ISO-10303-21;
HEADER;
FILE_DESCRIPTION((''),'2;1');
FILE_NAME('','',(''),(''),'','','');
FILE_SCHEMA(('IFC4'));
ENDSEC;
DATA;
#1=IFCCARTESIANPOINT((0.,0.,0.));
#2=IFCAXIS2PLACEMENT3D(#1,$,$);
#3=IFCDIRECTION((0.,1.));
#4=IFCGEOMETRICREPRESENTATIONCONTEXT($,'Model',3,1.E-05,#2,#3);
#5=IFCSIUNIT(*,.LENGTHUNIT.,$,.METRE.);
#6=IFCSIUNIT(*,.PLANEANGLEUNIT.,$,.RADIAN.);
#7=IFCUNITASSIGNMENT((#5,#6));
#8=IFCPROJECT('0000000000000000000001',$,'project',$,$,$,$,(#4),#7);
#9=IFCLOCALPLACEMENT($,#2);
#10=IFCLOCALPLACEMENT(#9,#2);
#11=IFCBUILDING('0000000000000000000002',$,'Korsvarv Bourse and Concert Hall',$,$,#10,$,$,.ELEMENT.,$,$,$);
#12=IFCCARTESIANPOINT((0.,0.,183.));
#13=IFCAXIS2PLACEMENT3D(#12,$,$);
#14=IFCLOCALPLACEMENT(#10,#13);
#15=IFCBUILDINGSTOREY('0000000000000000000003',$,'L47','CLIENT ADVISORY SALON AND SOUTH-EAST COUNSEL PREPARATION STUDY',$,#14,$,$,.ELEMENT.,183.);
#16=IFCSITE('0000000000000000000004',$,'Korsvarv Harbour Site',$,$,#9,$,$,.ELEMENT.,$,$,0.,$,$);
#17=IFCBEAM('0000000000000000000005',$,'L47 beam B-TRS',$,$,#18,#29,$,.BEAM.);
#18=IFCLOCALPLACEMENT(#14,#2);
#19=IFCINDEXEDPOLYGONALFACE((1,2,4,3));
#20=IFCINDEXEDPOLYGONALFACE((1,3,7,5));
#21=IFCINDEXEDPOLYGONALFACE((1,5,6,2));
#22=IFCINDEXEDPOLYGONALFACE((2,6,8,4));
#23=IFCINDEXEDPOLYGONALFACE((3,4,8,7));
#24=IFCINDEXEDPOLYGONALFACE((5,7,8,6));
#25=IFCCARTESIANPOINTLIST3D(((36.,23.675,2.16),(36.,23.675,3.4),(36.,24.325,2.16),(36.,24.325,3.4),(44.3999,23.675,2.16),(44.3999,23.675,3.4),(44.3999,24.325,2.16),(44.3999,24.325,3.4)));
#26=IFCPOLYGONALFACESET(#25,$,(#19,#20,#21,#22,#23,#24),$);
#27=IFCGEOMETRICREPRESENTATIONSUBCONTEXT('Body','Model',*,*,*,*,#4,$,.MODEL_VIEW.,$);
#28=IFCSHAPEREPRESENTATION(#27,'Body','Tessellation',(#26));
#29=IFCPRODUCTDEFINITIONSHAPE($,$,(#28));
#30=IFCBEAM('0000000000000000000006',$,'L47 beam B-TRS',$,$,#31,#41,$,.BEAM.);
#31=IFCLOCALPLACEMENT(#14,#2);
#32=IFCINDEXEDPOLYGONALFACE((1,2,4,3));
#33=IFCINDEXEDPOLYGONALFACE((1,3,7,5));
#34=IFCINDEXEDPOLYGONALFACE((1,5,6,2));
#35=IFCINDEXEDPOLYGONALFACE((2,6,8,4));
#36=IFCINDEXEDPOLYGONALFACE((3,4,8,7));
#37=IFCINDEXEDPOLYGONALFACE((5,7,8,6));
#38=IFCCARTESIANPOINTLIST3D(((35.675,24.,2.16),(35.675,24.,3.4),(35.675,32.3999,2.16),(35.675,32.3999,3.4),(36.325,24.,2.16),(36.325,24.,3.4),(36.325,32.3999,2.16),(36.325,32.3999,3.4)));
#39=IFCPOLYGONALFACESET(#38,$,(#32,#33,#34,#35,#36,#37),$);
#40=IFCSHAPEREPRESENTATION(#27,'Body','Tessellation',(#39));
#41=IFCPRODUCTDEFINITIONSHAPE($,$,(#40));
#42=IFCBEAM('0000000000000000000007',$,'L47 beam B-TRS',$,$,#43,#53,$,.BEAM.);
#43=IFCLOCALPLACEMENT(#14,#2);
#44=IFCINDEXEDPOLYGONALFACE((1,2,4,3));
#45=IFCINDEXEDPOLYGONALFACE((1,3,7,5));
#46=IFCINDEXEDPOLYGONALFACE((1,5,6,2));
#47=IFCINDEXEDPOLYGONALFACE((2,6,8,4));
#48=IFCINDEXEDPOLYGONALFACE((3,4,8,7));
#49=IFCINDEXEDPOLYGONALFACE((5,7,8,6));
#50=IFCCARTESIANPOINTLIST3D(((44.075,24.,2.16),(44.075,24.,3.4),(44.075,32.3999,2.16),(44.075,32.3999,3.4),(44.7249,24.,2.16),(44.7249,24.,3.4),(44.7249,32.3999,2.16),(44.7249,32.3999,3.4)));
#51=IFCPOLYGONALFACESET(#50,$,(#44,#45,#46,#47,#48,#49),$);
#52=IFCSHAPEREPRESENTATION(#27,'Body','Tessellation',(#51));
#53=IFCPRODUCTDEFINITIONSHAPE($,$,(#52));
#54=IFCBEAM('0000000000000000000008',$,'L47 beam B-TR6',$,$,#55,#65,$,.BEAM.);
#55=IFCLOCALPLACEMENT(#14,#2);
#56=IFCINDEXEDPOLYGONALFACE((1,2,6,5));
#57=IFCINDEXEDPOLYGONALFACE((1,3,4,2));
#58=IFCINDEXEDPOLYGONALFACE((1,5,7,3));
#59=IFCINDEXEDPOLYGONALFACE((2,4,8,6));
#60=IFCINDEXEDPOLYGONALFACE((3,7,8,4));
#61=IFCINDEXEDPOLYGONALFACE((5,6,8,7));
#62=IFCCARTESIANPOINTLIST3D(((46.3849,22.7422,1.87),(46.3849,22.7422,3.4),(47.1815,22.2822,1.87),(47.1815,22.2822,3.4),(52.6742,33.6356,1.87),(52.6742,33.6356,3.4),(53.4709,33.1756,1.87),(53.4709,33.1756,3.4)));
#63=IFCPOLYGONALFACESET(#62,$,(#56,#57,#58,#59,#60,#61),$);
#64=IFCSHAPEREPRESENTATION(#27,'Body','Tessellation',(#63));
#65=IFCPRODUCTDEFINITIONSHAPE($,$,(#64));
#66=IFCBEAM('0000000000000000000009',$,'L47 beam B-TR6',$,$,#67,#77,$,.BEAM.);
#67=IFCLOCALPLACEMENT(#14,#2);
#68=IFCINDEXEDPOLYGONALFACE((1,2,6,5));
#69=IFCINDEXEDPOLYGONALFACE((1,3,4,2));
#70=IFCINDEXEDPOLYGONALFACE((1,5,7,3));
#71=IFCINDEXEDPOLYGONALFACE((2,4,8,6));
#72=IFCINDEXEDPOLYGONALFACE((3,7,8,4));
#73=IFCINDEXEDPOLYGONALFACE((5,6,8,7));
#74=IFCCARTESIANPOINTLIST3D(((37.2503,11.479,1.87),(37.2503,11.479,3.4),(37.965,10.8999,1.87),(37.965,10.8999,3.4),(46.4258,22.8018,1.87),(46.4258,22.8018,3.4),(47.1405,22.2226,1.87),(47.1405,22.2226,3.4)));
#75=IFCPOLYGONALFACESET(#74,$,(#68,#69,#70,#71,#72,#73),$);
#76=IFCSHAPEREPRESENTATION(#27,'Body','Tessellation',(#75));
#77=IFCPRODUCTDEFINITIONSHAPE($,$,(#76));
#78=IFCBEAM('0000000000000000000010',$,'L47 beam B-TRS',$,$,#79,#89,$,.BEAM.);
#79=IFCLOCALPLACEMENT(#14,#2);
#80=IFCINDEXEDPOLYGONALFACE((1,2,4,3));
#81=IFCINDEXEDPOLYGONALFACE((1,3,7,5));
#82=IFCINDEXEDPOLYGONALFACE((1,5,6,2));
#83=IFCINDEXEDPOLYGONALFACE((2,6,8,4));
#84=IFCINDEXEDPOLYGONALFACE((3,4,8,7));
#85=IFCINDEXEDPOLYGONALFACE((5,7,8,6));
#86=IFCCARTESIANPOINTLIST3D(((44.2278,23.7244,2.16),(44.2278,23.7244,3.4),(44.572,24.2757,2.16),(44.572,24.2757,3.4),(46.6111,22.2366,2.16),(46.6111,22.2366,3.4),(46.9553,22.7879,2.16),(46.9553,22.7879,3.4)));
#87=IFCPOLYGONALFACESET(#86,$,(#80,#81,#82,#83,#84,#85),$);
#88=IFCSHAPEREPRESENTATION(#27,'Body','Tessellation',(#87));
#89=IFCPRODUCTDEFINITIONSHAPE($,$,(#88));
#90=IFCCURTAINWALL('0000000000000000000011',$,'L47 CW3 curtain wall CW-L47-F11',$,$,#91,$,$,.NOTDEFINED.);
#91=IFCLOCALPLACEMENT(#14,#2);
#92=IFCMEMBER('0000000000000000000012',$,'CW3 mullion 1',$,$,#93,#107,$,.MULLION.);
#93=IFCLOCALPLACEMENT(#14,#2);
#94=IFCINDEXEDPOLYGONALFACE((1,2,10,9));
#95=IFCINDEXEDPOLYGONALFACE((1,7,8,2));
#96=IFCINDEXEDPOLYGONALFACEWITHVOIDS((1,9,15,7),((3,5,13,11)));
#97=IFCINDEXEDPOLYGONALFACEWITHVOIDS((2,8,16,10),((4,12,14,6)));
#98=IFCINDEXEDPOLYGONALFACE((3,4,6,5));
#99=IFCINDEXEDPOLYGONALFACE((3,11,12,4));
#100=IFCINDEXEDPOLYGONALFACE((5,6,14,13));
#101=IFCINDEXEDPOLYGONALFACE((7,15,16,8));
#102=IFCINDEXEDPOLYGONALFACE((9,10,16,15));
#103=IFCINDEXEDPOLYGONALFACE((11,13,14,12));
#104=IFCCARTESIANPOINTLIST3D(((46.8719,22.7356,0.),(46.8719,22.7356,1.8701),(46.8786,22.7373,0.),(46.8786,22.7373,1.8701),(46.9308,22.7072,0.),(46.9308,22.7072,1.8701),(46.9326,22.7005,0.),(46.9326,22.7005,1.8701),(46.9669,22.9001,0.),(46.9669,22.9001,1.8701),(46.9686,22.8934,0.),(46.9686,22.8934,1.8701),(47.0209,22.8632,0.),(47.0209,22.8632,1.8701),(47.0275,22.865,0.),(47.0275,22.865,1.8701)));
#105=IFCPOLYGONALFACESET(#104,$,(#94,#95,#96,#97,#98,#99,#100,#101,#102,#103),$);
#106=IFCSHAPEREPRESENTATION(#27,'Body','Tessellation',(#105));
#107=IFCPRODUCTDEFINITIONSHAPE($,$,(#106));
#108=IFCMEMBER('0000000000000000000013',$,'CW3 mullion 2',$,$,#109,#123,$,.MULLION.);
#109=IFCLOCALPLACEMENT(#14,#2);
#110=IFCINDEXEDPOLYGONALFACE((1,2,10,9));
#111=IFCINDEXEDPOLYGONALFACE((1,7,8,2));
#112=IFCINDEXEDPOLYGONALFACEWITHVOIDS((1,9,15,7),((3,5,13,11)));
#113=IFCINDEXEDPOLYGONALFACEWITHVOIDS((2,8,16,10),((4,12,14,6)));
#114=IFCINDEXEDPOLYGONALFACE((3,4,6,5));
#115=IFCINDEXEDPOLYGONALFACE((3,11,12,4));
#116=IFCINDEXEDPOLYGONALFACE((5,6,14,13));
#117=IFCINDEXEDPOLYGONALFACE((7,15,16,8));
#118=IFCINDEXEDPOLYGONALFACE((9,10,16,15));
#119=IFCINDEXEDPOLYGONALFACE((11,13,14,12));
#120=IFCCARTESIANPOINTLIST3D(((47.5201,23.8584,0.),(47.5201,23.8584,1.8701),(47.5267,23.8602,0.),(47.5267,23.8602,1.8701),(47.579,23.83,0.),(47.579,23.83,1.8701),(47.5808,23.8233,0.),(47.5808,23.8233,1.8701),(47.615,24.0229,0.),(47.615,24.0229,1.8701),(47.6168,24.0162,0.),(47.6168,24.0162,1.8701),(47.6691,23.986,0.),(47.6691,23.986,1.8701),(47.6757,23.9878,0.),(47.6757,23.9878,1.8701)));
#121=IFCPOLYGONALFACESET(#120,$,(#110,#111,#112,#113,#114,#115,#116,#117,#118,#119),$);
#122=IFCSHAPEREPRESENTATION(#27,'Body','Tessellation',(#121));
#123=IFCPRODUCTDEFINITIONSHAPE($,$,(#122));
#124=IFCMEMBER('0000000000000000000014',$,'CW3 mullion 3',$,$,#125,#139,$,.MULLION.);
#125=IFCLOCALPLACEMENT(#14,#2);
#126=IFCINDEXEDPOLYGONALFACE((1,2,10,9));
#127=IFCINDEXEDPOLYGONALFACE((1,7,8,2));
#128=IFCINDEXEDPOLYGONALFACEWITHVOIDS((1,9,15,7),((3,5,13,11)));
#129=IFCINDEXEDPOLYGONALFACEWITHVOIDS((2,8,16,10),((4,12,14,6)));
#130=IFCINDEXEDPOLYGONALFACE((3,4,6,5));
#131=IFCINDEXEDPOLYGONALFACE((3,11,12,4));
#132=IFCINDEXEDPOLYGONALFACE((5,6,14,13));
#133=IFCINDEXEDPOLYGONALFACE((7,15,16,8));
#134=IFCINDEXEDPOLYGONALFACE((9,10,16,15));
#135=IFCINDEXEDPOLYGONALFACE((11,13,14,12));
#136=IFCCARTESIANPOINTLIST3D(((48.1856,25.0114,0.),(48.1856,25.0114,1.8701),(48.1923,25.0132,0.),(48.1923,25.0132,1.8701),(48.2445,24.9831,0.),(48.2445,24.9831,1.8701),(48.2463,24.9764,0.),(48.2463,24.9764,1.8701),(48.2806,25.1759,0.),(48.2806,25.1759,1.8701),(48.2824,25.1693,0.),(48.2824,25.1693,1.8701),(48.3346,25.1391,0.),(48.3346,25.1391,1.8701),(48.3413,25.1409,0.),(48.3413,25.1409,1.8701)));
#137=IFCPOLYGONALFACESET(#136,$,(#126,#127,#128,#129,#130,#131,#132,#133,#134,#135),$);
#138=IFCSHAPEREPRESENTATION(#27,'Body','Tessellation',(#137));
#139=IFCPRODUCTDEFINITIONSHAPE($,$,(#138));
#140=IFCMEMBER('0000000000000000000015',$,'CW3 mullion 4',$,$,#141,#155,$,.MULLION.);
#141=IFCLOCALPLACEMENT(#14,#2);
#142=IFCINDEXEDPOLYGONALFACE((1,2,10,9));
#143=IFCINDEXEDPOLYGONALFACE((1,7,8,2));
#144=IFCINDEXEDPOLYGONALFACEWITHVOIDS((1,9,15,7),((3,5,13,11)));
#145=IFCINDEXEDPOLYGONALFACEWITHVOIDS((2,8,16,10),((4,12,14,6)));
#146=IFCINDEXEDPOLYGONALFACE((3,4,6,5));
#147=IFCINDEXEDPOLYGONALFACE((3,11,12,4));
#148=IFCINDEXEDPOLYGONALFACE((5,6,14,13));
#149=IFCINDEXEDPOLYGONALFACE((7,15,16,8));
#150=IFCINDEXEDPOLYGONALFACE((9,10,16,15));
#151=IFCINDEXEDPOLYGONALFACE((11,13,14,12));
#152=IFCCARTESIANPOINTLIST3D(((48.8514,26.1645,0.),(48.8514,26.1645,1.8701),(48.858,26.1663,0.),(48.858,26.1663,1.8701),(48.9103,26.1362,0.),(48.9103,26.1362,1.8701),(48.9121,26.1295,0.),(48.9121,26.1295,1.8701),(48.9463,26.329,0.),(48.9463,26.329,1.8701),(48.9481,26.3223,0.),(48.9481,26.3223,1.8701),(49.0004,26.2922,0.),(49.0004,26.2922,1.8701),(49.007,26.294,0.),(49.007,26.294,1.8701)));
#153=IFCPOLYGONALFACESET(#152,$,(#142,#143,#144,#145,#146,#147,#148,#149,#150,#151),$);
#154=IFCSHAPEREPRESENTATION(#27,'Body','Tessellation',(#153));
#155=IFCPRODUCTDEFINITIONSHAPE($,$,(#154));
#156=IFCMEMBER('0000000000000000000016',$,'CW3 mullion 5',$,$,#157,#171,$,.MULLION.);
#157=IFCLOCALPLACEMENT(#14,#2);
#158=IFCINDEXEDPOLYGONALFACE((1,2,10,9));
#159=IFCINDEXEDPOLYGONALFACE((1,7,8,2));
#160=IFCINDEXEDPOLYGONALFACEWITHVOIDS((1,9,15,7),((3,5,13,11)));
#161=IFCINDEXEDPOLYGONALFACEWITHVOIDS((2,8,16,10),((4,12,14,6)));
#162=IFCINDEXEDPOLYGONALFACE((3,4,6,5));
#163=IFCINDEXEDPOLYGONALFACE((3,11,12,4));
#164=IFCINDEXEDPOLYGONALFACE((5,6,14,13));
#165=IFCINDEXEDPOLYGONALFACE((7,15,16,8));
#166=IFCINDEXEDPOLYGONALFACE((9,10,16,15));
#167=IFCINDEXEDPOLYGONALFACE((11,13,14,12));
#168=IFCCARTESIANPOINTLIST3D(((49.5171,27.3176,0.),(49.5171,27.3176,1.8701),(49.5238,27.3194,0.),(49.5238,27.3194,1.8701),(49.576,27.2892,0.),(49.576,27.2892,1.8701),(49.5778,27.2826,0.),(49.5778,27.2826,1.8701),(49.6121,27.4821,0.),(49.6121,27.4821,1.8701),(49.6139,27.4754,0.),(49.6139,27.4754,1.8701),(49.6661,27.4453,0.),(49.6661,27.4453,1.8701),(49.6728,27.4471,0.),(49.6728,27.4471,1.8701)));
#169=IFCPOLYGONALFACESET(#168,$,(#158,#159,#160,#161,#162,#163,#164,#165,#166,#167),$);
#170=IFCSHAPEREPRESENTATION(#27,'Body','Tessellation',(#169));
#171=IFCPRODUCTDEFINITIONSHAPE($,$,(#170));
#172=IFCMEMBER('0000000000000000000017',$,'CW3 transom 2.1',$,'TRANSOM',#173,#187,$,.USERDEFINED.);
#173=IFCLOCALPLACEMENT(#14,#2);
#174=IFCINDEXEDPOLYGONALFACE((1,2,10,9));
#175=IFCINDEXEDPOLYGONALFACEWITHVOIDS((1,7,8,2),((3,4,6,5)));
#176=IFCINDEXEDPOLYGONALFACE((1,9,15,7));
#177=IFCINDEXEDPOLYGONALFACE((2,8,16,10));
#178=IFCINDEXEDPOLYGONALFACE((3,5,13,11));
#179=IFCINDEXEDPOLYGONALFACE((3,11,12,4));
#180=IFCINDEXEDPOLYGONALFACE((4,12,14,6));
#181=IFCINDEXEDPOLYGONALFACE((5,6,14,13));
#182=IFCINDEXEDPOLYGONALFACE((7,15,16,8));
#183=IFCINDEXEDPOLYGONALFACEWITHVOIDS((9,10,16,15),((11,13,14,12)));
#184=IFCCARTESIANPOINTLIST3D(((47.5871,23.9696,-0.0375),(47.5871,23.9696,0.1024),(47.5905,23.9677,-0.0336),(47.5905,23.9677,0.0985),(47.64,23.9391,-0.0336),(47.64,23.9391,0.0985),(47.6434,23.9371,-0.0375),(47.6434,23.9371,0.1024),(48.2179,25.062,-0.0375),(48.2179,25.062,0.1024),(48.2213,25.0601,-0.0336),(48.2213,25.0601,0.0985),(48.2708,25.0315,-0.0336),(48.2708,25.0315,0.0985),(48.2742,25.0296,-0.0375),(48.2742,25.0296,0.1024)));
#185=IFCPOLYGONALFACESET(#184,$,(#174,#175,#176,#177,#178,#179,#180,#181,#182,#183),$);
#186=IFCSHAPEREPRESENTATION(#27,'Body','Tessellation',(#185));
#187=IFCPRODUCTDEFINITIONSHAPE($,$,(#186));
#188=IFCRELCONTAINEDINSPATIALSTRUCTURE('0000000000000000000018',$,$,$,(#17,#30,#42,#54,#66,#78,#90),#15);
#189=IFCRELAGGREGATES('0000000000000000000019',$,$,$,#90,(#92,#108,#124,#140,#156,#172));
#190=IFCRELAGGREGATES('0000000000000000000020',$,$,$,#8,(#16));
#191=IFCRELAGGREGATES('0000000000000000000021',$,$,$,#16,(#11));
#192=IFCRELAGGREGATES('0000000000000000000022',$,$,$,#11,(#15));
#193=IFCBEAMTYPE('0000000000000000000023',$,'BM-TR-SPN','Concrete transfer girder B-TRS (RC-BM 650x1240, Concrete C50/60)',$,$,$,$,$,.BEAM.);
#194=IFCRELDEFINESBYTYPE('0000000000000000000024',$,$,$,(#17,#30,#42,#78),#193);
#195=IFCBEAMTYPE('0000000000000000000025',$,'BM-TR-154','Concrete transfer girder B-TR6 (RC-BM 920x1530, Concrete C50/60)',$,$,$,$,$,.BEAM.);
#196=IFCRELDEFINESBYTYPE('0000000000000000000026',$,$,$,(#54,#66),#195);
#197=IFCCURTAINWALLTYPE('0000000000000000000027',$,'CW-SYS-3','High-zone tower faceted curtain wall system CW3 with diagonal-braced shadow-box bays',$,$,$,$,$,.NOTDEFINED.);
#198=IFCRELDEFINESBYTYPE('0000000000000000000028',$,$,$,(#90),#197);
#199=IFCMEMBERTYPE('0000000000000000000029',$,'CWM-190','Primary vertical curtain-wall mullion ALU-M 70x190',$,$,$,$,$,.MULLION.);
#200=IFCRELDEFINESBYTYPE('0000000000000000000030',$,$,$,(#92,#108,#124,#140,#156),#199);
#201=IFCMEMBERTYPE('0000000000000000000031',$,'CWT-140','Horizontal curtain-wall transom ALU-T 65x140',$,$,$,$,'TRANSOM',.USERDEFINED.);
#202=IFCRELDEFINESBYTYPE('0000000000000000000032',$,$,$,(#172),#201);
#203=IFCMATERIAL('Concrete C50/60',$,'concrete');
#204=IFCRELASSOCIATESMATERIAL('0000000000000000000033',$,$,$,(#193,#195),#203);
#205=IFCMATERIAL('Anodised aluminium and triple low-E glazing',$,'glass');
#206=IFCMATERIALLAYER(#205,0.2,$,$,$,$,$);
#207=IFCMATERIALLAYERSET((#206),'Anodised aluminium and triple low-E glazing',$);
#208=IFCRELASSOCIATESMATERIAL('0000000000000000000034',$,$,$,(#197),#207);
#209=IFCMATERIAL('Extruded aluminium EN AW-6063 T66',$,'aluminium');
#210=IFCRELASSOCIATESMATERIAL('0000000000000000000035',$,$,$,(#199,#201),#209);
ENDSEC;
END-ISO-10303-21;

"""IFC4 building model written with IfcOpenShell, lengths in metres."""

from ifc_helpers import new_model, si_unit, direction, frame, origin, origin_2d, place, context, subcontext, project, spatial, rectangle, hollow_rectangle, extrude, source, transform, mapped, material, layer, layer_set, material_profile, profile_set, type_object, element, aggregate, save


model = new_model("IFC4")

# Units and contexts
model_context = context("Model", 3, precision=1e-05, world=origin(), true_north=direction((0.0, 1.0)))
body_context = subcontext(model_context, "Body", "Model", "MODEL_VIEW")
ifc_project = project(units=[si_unit("LENGTHUNIT", "METRE"), si_unit("PLANEANGLEUNIT", "RADIAN")], contexts=[model_context])

# Site, building, storey
site_placement = place(None, origin())
site = spatial("IfcSite", under=ifc_project, at=site_placement, Name="Korsvarv Harbour Site", CompositionType="ELEMENT", RefElevation=0.0)
building_placement = place(site_placement, origin())
building = spatial("IfcBuilding", under=site, at=building_placement, Name="Korsvarv Bourse and Concert Hall", CompositionType="ELEMENT")
storey_placement = place(building_placement, frame((0.0, 0.0, 183.0)))
storey = spatial("IfcBuildingStorey", under=building, at=storey_placement, Name="L47", Description="CLIENT ADVISORY SALON AND SOUTH-EAST COUNSEL PREPARATION STUDY", CompositionType="ELEMENT", Elevation=183.0)

# Beams
ifc_material_1 = material(Name="Concrete C50/60", Category="concrete")
ifc_material_profile_1 = material_profile(ifc_material_1, rectangle(XDim=0.6499, YDim=1.24, at=origin_2d()), Name="RC-BM 650x1240")
ifc_profile_set_1 = profile_set([ifc_material_profile_1], Name="Concrete C50/60")
beam_type_1 = type_object("IfcBeamType", Name="BM-TR-SPN", Description="Concrete transfer girder B-TRS (RC-BM 650x1240, Concrete C50/60)", PredefinedType="BEAM", material=ifc_profile_set_1)
shared_shape_1 = source(origin(), body_context, "Body", "SweptSolid", [
    extrude(rectangle(XDim=0.6499, YDim=1.24, at=origin_2d()), origin(), (0.0, 0.0, 1.0), 8.3999),
])
for number, where, z_axis, x_axis, name in (
    (1, (36.0, 24.0, 2.78), (1.0, 0.0, 0.0), (0.0, 1.0, 0.0), "L47 beam B-TRS"),
    (2, (36.0, 24.0, 2.78), (0.0, 1.0, 0.0), (-1.0, 0.0, 0.0), "L47 beam B-TRS"),
    (3, (44.3999, 24.0, 2.78), (0.0, 1.0, 0.0), (-1.0, 0.0, 0.0), "L47 beam B-TRS"),
):
    element("IfcBeam", number, at=place(storey_placement, frame(where, z_axis=z_axis, x_axis=x_axis)), inside=storey, type_object=beam_type_1, Name=name, PredefinedType="BEAM", context=body_context, shape_type="MappedRepresentation", body=[
        mapped(shared_shape_1, transform((0.0, 0.0, 0.0), scale=1.0)),
    ])
ifc_material_profile_2 = material_profile(ifc_material_1, rectangle(XDim=0.9199, YDim=1.53, at=origin_2d()), Name="RC-BM 920x1530")
ifc_profile_set_2 = profile_set([ifc_material_profile_2], Name="Concrete C50/60")
beam_type_2 = type_object("IfcBeamType", Name="BM-TR-154", Description="Concrete transfer girder B-TR6 (RC-BM 920x1530, Concrete C50/60)", PredefinedType="BEAM", material=ifc_profile_set_2)
shared_shape_2 = source(origin(), body_context, "Body", "SweptSolid", [
    extrude(rectangle(XDim=0.9199, YDim=1.53, at=origin_2d()), origin(), (0.0, 0.0, 1.0), 12.5786),
])
beam_1_placement = place(storey_placement, frame((46.7832, 22.5122, 2.635), z_axis=(0.500003, 0.866024, 0.0), x_axis=(-0.866024, 0.500003, 0.0)))
element("IfcBeam", 4, at=beam_1_placement, inside=storey, type_object=beam_type_2, Name="L47 beam B-TR6", PredefinedType="BEAM", context=body_context, shape_type="MappedRepresentation", body=[
    mapped(shared_shape_2, transform((0.0, 0.0, 0.0), scale=1.0)),
])
shared_shape_3 = source(origin(), body_context, "Body", "SweptSolid", [
    extrude(rectangle(XDim=0.9199, YDim=1.53, at=origin_2d()), origin(), (0.0, 0.0, 1.0), 14.5737),
])
beam_2_placement = place(storey_placement, frame((37.6077, 11.1895, 2.635), z_axis=(0.629592, 0.776926, 0.0), x_axis=(-0.776926, 0.629592, 0.0)))
element("IfcBeam", 5, at=beam_2_placement, inside=storey, type_object=beam_type_2, Name="L47 beam B-TR6", PredefinedType="BEAM", context=body_context, shape_type="MappedRepresentation", body=[
    mapped(shared_shape_3, transform((0.0, 0.0, 0.0), scale=1.0)),
])
shared_shape_4 = source(origin(), body_context, "Body", "SweptSolid", [
    extrude(rectangle(XDim=0.6499, YDim=1.24, at=origin_2d()), origin(), (0.0, 0.0, 1.0), 2.8096),
])
beam_3_placement = place(storey_placement, frame((46.7832, 22.5122, 2.78), z_axis=(-0.848281, 0.529546, 0.0), x_axis=(-0.529546, -0.848281, 0.0)))
element("IfcBeam", 6, at=beam_3_placement, inside=storey, type_object=beam_type_1, Name="L47 beam B-TRS", PredefinedType="BEAM", context=body_context, shape_type="MappedRepresentation", body=[
    mapped(shared_shape_4, transform((0.0, 0.0, 0.0), scale=1.0)),
])

# Curtain wall, members
ifc_material_2 = material(Name="Anodised aluminium and triple low-E glazing", Category="glass")
ifc_layer_1 = layer(ifc_material_2, 0.2)
ifc_layer_set_1 = layer_set([ifc_layer_1], Name="Anodised aluminium and triple low-E glazing")
curtain_wall_type = type_object("IfcCurtainWallType", Name="CW-SYS-3", Description="High-zone tower faceted curtain wall system CW3 with diagonal-braced shadow-box bays", PredefinedType="NOTDEFINED", material=ifc_layer_set_1)
curtain_wall_placement = place(storey_placement, origin())
curtain_wall = element("IfcCurtainWall", 7, at=curtain_wall_placement, inside=storey, type_object=curtain_wall_type, Name="L47 CW3 curtain wall CW-L47-F11", PredefinedType="NOTDEFINED")
ifc_material_3 = material(Name="Extruded aluminium EN AW-6063 T66", Category="aluminium")
ifc_material_profile_3 = material_profile(ifc_material_3, hollow_rectangle(XDim=0.0701, YDim=0.1899, WallThickness=0.0049, at=origin_2d()), Name="ALU-M 70x190")
ifc_profile_set_3 = profile_set([ifc_material_profile_3], Name="Extruded aluminium EN AW-6063 T66")
member_type_1 = type_object("IfcMemberType", Name="CWM-190", Description="Primary vertical curtain-wall mullion ALU-M 70x190", PredefinedType="MULLION", material=ifc_profile_set_3)
shared_shape_5 = source(origin(), body_context, "Body", "SweptSolid", [
    extrude(hollow_rectangle(XDim=0.0701, YDim=0.1899, WallThickness=0.0049, at=origin_2d()), origin(), (0.0, 0.0, 1.0), 1.8701),
])
member_1_placement = place(storey_placement, frame((46.9497, 22.8003, 0.0), z_axis=(0.0, 0.0, 1.0), x_axis=(-0.866029, 0.499994, 0.0)))
member_1 = element("IfcMember", 8, at=member_1_placement, type_object=member_type_1, Name="CW3 mullion 1", PredefinedType="MULLION", context=body_context, shape_type="MappedRepresentation", body=[
    mapped(shared_shape_5, transform((0.0, 0.0, 0.0), scale=1.0)),
])
member_2_placement = place(storey_placement, frame((47.5979, 23.9231, 0.0), z_axis=(0.0, 0.0, 1.0), x_axis=(-0.866029, 0.499994, 0.0)))
member_2 = element("IfcMember", 9, at=member_2_placement, type_object=member_type_1, Name="CW3 mullion 2", PredefinedType="MULLION", context=body_context, shape_type="MappedRepresentation", body=[
    mapped(shared_shape_5, transform((0.0, 0.0, 0.0), scale=1.0)),
])
member_3_placement = place(storey_placement, frame((48.2634, 25.0762, 0.0), z_axis=(0.0, 0.0, 1.0), x_axis=(-0.866029, 0.499994, 0.0)))
member_3 = element("IfcMember", 10, at=member_3_placement, type_object=member_type_1, Name="CW3 mullion 3", PredefinedType="MULLION", context=body_context, shape_type="MappedRepresentation", body=[
    mapped(shared_shape_5, transform((0.0, 0.0, 0.0), scale=1.0)),
])
member_4_placement = place(storey_placement, frame((48.9292, 26.2292, 0.0), z_axis=(0.0, 0.0, 1.0), x_axis=(-0.866029, 0.499994, 0.0)))
member_4 = element("IfcMember", 11, at=member_4_placement, type_object=member_type_1, Name="CW3 mullion 4", PredefinedType="MULLION", context=body_context, shape_type="MappedRepresentation", body=[
    mapped(shared_shape_5, transform((0.0, 0.0, 0.0), scale=1.0)),
])
member_5_placement = place(storey_placement, frame((49.595, 27.3823, 0.0), z_axis=(0.0, 0.0, 1.0), x_axis=(-0.866029, 0.499994, 0.0)))
member_5 = element("IfcMember", 12, at=member_5_placement, type_object=member_type_1, Name="CW3 mullion 5", PredefinedType="MULLION", context=body_context, shape_type="MappedRepresentation", body=[
    mapped(shared_shape_5, transform((0.0, 0.0, 0.0), scale=1.0)),
])
ifc_material_profile_4 = material_profile(ifc_material_3, hollow_rectangle(XDim=0.0649, YDim=0.1399, WallThickness=0.0039, at=origin_2d()), Name="ALU-T 65x140")
ifc_profile_set_4 = profile_set([ifc_material_profile_4], Name="Extruded aluminium EN AW-6063 T66")
member_type_2 = type_object("IfcMemberType", Name="CWT-140", Description="Horizontal curtain-wall transom ALU-T 65x140", ElementType="TRANSOM", PredefinedType="USERDEFINED", material=ifc_profile_set_4)
shared_shape_6 = source(origin(), body_context, "Body", "SweptSolid", [
    extrude(hollow_rectangle(XDim=0.0649, YDim=0.1399, WallThickness=0.0039, at=origin_2d()), origin(), (0.0, 0.0, 1.0), 1.2615),
])
member_6_placement = place(storey_placement, frame((47.6152, 23.9534, 0.0325), z_axis=(0.500052, 0.865995, 0.0), x_axis=(-0.865995, 0.500052, 0.0)))
member_6 = element("IfcMember", 13, at=member_6_placement, type_object=member_type_2, Name="CW3 transom 2.1", ObjectType="TRANSOM", PredefinedType="USERDEFINED", context=body_context, shape_type="MappedRepresentation", body=[
    mapped(shared_shape_6, transform((0.0, 0.0, 0.0), scale=1.0)),
])
aggregate(curtain_wall, [member_1, member_2, member_3, member_4, member_5, member_6])

save(model, "model.ifc")
